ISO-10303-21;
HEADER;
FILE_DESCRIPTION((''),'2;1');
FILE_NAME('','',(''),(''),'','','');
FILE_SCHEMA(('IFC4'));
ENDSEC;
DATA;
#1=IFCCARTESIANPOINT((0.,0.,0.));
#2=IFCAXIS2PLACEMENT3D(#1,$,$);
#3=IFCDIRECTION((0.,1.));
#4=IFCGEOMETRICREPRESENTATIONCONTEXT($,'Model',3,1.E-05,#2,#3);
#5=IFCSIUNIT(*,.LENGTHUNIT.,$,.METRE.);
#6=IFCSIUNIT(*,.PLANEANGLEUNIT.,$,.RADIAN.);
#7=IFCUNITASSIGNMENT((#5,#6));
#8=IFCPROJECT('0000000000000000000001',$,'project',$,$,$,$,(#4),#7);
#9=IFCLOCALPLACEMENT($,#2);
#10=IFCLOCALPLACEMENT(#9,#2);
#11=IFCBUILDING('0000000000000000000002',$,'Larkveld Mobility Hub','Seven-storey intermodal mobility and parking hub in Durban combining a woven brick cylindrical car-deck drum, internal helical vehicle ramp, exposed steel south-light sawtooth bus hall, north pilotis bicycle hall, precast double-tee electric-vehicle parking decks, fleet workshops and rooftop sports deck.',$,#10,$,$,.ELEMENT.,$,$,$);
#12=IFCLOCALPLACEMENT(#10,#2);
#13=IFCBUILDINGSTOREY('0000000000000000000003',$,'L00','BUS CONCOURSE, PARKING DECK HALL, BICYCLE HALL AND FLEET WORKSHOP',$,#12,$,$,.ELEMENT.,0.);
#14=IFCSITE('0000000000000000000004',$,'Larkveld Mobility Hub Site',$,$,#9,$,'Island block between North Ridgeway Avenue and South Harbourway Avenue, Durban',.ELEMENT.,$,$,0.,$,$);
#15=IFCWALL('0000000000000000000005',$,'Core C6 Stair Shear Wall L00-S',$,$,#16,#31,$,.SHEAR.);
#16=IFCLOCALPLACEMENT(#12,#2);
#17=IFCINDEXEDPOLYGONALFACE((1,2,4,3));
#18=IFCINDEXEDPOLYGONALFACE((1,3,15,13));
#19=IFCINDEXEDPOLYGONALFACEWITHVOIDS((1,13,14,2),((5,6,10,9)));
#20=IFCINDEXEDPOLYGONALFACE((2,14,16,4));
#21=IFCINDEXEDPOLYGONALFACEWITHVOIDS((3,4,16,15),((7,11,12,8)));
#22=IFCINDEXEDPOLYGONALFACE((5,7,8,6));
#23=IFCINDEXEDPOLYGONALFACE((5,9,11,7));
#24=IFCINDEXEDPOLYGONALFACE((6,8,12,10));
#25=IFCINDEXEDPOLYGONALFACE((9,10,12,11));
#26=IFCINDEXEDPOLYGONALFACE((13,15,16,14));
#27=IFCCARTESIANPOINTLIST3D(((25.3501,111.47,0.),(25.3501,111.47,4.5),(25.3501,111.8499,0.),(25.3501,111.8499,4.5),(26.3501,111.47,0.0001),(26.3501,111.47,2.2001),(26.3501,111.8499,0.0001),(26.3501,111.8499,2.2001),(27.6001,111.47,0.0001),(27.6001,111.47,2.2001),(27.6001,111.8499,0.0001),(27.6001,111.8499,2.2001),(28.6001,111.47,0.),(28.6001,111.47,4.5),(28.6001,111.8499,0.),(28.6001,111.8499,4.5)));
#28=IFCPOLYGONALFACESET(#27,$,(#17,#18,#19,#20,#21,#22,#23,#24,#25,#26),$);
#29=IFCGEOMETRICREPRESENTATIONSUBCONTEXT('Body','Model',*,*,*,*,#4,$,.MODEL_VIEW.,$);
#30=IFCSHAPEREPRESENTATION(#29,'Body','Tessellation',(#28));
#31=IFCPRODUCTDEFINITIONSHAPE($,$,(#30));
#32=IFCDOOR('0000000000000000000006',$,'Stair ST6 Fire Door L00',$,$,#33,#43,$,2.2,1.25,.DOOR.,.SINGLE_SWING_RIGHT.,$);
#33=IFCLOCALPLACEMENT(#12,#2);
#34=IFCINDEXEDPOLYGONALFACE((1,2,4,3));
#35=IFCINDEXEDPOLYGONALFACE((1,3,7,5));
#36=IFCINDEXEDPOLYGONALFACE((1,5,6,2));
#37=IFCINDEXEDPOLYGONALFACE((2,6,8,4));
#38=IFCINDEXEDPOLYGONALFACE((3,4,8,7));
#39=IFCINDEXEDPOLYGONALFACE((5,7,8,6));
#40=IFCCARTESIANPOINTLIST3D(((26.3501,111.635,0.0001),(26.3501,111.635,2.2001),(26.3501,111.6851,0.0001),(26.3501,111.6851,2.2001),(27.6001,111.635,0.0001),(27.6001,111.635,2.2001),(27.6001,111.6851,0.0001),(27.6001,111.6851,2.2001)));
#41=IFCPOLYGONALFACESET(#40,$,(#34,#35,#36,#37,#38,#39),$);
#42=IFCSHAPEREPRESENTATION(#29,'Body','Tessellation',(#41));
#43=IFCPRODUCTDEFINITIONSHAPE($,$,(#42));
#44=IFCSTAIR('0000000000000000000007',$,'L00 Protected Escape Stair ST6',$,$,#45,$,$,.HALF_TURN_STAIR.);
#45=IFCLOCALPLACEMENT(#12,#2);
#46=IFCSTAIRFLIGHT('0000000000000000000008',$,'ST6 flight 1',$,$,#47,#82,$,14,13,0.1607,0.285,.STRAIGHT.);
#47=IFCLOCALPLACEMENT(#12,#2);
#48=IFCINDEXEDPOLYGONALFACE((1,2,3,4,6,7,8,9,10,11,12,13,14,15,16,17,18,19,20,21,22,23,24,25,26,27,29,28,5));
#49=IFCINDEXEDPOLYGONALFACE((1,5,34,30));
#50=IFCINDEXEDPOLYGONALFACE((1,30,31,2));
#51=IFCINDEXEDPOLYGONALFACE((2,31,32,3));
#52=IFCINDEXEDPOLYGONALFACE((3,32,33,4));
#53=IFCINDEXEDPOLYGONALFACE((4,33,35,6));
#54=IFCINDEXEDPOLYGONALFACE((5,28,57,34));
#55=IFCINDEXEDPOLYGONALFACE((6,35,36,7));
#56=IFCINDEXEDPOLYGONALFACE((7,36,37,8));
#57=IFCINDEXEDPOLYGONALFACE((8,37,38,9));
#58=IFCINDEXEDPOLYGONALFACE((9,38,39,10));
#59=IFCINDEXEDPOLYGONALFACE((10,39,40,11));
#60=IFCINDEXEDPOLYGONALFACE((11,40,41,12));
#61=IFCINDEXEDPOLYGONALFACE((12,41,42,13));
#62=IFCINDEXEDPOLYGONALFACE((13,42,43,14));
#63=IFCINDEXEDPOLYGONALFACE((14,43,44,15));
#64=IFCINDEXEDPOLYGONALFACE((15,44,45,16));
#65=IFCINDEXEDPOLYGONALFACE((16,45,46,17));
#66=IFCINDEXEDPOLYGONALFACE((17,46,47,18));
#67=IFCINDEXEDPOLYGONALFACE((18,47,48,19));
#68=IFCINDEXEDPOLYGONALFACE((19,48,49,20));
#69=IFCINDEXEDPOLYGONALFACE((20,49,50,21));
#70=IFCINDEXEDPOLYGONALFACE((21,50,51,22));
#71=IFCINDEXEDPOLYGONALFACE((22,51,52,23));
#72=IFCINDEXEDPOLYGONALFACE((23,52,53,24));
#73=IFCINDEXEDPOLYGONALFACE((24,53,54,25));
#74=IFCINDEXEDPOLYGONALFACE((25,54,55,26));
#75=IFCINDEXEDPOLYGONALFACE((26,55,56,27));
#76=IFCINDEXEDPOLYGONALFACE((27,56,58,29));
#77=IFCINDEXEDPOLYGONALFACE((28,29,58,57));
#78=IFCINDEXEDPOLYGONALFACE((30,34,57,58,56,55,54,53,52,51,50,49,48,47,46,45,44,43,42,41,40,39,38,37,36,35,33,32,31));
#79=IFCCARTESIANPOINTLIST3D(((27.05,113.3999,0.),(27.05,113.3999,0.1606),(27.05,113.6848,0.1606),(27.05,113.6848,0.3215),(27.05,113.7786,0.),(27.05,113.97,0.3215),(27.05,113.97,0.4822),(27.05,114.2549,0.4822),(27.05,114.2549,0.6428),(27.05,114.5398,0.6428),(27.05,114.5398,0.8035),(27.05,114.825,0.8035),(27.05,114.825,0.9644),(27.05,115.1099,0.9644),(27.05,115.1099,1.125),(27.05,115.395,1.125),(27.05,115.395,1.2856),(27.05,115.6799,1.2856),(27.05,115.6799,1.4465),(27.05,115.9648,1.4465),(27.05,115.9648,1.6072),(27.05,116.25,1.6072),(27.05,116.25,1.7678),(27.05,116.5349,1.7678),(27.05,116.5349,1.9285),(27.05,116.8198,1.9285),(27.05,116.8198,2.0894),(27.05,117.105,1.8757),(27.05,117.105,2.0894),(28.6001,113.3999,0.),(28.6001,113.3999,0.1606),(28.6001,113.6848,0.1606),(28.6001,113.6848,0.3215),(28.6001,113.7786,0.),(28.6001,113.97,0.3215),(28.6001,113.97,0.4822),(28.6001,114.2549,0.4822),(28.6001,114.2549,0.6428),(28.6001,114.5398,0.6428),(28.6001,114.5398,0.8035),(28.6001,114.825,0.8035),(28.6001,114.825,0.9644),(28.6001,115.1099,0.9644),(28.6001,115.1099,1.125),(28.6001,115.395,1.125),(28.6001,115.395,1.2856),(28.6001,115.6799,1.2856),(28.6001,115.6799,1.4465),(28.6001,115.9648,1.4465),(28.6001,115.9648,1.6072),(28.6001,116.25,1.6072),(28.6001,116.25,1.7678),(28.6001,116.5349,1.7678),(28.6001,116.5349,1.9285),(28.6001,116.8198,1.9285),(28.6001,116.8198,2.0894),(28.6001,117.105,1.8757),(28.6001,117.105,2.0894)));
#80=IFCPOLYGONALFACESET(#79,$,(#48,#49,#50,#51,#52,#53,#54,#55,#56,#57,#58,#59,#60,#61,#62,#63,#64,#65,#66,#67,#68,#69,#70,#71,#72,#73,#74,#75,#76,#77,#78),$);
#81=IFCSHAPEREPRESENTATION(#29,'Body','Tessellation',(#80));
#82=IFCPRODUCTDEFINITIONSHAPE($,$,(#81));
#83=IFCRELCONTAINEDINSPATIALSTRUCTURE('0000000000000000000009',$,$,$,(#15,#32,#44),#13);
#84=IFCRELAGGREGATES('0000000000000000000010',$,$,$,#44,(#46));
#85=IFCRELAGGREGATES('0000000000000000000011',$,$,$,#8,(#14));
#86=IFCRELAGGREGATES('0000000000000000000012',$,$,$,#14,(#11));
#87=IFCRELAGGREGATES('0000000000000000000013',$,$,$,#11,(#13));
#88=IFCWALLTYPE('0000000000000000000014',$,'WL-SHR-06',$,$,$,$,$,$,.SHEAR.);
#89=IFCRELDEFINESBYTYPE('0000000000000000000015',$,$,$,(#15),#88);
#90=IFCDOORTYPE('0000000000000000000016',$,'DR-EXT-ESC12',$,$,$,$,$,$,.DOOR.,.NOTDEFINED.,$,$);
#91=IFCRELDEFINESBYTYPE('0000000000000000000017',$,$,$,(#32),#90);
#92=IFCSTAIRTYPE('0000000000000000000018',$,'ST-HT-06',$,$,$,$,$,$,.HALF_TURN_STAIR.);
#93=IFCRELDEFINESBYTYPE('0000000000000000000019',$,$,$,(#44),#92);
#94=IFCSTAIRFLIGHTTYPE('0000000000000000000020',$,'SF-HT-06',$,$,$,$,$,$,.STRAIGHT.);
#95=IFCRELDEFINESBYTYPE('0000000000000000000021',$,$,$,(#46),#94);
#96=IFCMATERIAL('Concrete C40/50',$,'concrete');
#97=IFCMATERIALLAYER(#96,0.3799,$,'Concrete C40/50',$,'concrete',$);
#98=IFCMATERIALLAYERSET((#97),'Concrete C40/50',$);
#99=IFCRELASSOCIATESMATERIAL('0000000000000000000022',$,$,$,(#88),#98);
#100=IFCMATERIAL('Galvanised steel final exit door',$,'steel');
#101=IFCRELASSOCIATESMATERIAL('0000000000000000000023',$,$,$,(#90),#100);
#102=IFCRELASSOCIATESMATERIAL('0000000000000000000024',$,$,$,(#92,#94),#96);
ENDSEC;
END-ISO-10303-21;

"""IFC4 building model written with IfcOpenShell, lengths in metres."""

from ifc_helpers import new_model, si_unit, direction, frame, frame_2d, origin, place, context, subcontext, project, spatial, polyline, rectangle, outline, extrude, material, layer, layer_set, type_object, element, fill, aggregate, save


model = new_model("IFC4")

# Units and contexts
model_context = context("Model", 3, precision=1e-05, world=origin(), true_north=direction((0.0, 1.0)))
body_context = subcontext(model_context, "Body", "Model", "MODEL_VIEW")
ifc_project = project(units=[si_unit("LENGTHUNIT", "METRE"), si_unit("PLANEANGLEUNIT", "RADIAN")], contexts=[model_context])

# Site, building, storey
site_placement = place(None, origin())
site = spatial("IfcSite", under=ifc_project, at=site_placement, Name="Larkveld Mobility Hub Site", LongName="Island block between North Ridgeway Avenue and South Harbourway Avenue, Durban", CompositionType="ELEMENT", RefElevation=0.0)
building_placement = place(site_placement, origin())
building = spatial("IfcBuilding", under=site, at=building_placement, Name="Larkveld Mobility Hub", Description="Seven-storey intermodal mobility and parking hub in Durban combining a woven brick cylindrical car-deck drum, internal helical vehicle ramp, exposed steel south-light sawtooth bus hall, north pilotis bicycle hall, precast double-tee electric-vehicle parking decks, fleet workshops and rooftop sports deck.", CompositionType="ELEMENT")
storey_placement = place(building_placement, origin())
storey = spatial("IfcBuildingStorey", under=building, at=storey_placement, Name="L00", Description="BUS CONCOURSE, PARKING DECK HALL, BICYCLE HALL AND FLEET WORKSHOP", CompositionType="ELEMENT", Elevation=0.0)

# Shared definitions
ifc_material_1 = material(Name="Concrete C40/50", Category="concrete")

# Shared definitions
ifc_layer_1 = layer(ifc_material_1, 0.3799, Name="Concrete C40/50", Category="concrete")
ifc_layer_set_1 = layer_set([ifc_layer_1], Name="Concrete C40/50")
wall_type_1 = type_object("IfcWallType", Name="WL-SHR-06", PredefinedType="SHEAR", material=ifc_layer_set_1)

# Wall, opening, door
wall_1_placement = place(storey_placement, frame((28.6001, 111.6599, 0.0), z_axis=(0.0, 0.0, 1.0), x_axis=(-1.0, 0.0, 0.0)))
wall_1 = element("IfcWall", 1, at=wall_1_placement, inside=storey, type_object=wall_type_1, Name="Core C6 Stair Shear Wall L00-S", PredefinedType="SHEAR", context=body_context, shape_type="SweptSolid", body=[
    extrude(rectangle(XDim=3.25, YDim=0.3799, at=frame_2d((1.625, 0.0))), origin(), (0.0, 0.0, 1.0), 4.5),
])
opening_1_placement = place(wall_1_placement, frame((1.0, 0.0, 0.0)))
opening_1 = element("IfcOpeningElement", 2, at=opening_1_placement, cuts=wall_1, PredefinedType="OPENING", context=body_context, shape_type="SweptSolid", body=[
    extrude(rectangle(XDim=1.25, YDim=2.2, at=frame_2d((0.625, 1.1001))), frame((0.0, 0.2, 0.0), z_axis=(0.0, -1.0, 0.0), x_axis=(1.0, 0.0, 0.0)), (0.0, 0.0, 1.0), 0.3999),
])
ifc_material_2 = material(Name="Galvanised steel final exit door", Category="steel")
door_type_1 = type_object("IfcDoorType", Name="DR-EXT-ESC12", OperationType="NOTDEFINED", PredefinedType="DOOR", material=ifc_material_2)
door_1_placement = place(opening_1_placement, origin())
door_1 = element("IfcDoor", 3, at=door_1_placement, inside=storey, type_object=door_type_1, Name="Stair ST6 Fire Door L00", OperationType="SINGLE_SWING_RIGHT", OverallHeight=2.2, OverallWidth=1.25, PredefinedType="DOOR", context=body_context, shape_type="SweptSolid", body=[
    extrude(rectangle(XDim=1.25, YDim=2.2, at=frame_2d((0.625, 1.1001))), frame((0.0, 0.0249, 0.0), z_axis=(0.0, -1.0, 0.0), x_axis=(1.0, 0.0, 0.0)), (0.0, 0.0, 1.0), 0.05),
])
fill(opening_1, door_1)

# Stair, stair flight
stair_type = type_object("IfcStairType", Name="ST-HT-06", PredefinedType="HALF_TURN_STAIR", material=ifc_material_1)
stair_placement = place(storey_placement, origin())
stair = element("IfcStair", 4, at=stair_placement, inside=storey, type_object=stair_type, Name="L00 Protected Escape Stair ST6", PredefinedType="HALF_TURN_STAIR")
stair_flight_type = type_object("IfcStairFlightType", Name="SF-HT-06", PredefinedType="STRAIGHT", material=ifc_material_1)
stair_flight_placement = place(storey_placement, frame((27.825, 113.3999, 0.0), z_axis=(0.0, 0.0, 1.0), x_axis=(0.0, 1.0, 0.0)))
stair_flight = element("IfcStairFlight", 5, at=stair_flight_placement, type_object=stair_flight_type, Name="ST6 flight 1", NumberOfRisers=14, NumberOfTreads=13, PredefinedType="STRAIGHT", RiserHeight=0.1607, TreadLength=0.285, context=body_context, shape_type="SweptSolid", body=[
    extrude(outline(polyline([(0.0, 0.0), (0.0, 0.1606), (0.2849, 0.1606), (0.2849, 0.3215), (0.5701, 0.3215), (0.5701, 0.4822), (0.855, 0.4822), (0.855, 0.6428), (1.1399, 0.6428), (1.1399, 0.8035), (1.425, 0.8035), (1.425, 0.9644), (1.71, 0.9644), (1.71, 1.125), (1.9951, 1.125), (1.9951, 1.2856), (2.28, 1.2856), (2.28, 1.4465), (2.5649, 1.4465), (2.5649, 1.6072), (2.8501, 1.6072), (2.8501, 1.7678), (3.135, 1.7678), (3.135, 1.9285), (3.4199, 1.9285), (3.4199, 2.0894), (3.7051, 2.0894), (3.7051, 2.25), (3.7051, 1.8757), (0.3787, 0.0), (0.0, 0.0)])), frame((0.0, 0.7749, 0.0), z_axis=(0.0, -1.0, 0.0), x_axis=(1.0, 0.0, 0.0)), (0.0, 0.0, 1.0), 1.55),
])
aggregate(stair, [stair_flight])

save(model, "model.ifc")
